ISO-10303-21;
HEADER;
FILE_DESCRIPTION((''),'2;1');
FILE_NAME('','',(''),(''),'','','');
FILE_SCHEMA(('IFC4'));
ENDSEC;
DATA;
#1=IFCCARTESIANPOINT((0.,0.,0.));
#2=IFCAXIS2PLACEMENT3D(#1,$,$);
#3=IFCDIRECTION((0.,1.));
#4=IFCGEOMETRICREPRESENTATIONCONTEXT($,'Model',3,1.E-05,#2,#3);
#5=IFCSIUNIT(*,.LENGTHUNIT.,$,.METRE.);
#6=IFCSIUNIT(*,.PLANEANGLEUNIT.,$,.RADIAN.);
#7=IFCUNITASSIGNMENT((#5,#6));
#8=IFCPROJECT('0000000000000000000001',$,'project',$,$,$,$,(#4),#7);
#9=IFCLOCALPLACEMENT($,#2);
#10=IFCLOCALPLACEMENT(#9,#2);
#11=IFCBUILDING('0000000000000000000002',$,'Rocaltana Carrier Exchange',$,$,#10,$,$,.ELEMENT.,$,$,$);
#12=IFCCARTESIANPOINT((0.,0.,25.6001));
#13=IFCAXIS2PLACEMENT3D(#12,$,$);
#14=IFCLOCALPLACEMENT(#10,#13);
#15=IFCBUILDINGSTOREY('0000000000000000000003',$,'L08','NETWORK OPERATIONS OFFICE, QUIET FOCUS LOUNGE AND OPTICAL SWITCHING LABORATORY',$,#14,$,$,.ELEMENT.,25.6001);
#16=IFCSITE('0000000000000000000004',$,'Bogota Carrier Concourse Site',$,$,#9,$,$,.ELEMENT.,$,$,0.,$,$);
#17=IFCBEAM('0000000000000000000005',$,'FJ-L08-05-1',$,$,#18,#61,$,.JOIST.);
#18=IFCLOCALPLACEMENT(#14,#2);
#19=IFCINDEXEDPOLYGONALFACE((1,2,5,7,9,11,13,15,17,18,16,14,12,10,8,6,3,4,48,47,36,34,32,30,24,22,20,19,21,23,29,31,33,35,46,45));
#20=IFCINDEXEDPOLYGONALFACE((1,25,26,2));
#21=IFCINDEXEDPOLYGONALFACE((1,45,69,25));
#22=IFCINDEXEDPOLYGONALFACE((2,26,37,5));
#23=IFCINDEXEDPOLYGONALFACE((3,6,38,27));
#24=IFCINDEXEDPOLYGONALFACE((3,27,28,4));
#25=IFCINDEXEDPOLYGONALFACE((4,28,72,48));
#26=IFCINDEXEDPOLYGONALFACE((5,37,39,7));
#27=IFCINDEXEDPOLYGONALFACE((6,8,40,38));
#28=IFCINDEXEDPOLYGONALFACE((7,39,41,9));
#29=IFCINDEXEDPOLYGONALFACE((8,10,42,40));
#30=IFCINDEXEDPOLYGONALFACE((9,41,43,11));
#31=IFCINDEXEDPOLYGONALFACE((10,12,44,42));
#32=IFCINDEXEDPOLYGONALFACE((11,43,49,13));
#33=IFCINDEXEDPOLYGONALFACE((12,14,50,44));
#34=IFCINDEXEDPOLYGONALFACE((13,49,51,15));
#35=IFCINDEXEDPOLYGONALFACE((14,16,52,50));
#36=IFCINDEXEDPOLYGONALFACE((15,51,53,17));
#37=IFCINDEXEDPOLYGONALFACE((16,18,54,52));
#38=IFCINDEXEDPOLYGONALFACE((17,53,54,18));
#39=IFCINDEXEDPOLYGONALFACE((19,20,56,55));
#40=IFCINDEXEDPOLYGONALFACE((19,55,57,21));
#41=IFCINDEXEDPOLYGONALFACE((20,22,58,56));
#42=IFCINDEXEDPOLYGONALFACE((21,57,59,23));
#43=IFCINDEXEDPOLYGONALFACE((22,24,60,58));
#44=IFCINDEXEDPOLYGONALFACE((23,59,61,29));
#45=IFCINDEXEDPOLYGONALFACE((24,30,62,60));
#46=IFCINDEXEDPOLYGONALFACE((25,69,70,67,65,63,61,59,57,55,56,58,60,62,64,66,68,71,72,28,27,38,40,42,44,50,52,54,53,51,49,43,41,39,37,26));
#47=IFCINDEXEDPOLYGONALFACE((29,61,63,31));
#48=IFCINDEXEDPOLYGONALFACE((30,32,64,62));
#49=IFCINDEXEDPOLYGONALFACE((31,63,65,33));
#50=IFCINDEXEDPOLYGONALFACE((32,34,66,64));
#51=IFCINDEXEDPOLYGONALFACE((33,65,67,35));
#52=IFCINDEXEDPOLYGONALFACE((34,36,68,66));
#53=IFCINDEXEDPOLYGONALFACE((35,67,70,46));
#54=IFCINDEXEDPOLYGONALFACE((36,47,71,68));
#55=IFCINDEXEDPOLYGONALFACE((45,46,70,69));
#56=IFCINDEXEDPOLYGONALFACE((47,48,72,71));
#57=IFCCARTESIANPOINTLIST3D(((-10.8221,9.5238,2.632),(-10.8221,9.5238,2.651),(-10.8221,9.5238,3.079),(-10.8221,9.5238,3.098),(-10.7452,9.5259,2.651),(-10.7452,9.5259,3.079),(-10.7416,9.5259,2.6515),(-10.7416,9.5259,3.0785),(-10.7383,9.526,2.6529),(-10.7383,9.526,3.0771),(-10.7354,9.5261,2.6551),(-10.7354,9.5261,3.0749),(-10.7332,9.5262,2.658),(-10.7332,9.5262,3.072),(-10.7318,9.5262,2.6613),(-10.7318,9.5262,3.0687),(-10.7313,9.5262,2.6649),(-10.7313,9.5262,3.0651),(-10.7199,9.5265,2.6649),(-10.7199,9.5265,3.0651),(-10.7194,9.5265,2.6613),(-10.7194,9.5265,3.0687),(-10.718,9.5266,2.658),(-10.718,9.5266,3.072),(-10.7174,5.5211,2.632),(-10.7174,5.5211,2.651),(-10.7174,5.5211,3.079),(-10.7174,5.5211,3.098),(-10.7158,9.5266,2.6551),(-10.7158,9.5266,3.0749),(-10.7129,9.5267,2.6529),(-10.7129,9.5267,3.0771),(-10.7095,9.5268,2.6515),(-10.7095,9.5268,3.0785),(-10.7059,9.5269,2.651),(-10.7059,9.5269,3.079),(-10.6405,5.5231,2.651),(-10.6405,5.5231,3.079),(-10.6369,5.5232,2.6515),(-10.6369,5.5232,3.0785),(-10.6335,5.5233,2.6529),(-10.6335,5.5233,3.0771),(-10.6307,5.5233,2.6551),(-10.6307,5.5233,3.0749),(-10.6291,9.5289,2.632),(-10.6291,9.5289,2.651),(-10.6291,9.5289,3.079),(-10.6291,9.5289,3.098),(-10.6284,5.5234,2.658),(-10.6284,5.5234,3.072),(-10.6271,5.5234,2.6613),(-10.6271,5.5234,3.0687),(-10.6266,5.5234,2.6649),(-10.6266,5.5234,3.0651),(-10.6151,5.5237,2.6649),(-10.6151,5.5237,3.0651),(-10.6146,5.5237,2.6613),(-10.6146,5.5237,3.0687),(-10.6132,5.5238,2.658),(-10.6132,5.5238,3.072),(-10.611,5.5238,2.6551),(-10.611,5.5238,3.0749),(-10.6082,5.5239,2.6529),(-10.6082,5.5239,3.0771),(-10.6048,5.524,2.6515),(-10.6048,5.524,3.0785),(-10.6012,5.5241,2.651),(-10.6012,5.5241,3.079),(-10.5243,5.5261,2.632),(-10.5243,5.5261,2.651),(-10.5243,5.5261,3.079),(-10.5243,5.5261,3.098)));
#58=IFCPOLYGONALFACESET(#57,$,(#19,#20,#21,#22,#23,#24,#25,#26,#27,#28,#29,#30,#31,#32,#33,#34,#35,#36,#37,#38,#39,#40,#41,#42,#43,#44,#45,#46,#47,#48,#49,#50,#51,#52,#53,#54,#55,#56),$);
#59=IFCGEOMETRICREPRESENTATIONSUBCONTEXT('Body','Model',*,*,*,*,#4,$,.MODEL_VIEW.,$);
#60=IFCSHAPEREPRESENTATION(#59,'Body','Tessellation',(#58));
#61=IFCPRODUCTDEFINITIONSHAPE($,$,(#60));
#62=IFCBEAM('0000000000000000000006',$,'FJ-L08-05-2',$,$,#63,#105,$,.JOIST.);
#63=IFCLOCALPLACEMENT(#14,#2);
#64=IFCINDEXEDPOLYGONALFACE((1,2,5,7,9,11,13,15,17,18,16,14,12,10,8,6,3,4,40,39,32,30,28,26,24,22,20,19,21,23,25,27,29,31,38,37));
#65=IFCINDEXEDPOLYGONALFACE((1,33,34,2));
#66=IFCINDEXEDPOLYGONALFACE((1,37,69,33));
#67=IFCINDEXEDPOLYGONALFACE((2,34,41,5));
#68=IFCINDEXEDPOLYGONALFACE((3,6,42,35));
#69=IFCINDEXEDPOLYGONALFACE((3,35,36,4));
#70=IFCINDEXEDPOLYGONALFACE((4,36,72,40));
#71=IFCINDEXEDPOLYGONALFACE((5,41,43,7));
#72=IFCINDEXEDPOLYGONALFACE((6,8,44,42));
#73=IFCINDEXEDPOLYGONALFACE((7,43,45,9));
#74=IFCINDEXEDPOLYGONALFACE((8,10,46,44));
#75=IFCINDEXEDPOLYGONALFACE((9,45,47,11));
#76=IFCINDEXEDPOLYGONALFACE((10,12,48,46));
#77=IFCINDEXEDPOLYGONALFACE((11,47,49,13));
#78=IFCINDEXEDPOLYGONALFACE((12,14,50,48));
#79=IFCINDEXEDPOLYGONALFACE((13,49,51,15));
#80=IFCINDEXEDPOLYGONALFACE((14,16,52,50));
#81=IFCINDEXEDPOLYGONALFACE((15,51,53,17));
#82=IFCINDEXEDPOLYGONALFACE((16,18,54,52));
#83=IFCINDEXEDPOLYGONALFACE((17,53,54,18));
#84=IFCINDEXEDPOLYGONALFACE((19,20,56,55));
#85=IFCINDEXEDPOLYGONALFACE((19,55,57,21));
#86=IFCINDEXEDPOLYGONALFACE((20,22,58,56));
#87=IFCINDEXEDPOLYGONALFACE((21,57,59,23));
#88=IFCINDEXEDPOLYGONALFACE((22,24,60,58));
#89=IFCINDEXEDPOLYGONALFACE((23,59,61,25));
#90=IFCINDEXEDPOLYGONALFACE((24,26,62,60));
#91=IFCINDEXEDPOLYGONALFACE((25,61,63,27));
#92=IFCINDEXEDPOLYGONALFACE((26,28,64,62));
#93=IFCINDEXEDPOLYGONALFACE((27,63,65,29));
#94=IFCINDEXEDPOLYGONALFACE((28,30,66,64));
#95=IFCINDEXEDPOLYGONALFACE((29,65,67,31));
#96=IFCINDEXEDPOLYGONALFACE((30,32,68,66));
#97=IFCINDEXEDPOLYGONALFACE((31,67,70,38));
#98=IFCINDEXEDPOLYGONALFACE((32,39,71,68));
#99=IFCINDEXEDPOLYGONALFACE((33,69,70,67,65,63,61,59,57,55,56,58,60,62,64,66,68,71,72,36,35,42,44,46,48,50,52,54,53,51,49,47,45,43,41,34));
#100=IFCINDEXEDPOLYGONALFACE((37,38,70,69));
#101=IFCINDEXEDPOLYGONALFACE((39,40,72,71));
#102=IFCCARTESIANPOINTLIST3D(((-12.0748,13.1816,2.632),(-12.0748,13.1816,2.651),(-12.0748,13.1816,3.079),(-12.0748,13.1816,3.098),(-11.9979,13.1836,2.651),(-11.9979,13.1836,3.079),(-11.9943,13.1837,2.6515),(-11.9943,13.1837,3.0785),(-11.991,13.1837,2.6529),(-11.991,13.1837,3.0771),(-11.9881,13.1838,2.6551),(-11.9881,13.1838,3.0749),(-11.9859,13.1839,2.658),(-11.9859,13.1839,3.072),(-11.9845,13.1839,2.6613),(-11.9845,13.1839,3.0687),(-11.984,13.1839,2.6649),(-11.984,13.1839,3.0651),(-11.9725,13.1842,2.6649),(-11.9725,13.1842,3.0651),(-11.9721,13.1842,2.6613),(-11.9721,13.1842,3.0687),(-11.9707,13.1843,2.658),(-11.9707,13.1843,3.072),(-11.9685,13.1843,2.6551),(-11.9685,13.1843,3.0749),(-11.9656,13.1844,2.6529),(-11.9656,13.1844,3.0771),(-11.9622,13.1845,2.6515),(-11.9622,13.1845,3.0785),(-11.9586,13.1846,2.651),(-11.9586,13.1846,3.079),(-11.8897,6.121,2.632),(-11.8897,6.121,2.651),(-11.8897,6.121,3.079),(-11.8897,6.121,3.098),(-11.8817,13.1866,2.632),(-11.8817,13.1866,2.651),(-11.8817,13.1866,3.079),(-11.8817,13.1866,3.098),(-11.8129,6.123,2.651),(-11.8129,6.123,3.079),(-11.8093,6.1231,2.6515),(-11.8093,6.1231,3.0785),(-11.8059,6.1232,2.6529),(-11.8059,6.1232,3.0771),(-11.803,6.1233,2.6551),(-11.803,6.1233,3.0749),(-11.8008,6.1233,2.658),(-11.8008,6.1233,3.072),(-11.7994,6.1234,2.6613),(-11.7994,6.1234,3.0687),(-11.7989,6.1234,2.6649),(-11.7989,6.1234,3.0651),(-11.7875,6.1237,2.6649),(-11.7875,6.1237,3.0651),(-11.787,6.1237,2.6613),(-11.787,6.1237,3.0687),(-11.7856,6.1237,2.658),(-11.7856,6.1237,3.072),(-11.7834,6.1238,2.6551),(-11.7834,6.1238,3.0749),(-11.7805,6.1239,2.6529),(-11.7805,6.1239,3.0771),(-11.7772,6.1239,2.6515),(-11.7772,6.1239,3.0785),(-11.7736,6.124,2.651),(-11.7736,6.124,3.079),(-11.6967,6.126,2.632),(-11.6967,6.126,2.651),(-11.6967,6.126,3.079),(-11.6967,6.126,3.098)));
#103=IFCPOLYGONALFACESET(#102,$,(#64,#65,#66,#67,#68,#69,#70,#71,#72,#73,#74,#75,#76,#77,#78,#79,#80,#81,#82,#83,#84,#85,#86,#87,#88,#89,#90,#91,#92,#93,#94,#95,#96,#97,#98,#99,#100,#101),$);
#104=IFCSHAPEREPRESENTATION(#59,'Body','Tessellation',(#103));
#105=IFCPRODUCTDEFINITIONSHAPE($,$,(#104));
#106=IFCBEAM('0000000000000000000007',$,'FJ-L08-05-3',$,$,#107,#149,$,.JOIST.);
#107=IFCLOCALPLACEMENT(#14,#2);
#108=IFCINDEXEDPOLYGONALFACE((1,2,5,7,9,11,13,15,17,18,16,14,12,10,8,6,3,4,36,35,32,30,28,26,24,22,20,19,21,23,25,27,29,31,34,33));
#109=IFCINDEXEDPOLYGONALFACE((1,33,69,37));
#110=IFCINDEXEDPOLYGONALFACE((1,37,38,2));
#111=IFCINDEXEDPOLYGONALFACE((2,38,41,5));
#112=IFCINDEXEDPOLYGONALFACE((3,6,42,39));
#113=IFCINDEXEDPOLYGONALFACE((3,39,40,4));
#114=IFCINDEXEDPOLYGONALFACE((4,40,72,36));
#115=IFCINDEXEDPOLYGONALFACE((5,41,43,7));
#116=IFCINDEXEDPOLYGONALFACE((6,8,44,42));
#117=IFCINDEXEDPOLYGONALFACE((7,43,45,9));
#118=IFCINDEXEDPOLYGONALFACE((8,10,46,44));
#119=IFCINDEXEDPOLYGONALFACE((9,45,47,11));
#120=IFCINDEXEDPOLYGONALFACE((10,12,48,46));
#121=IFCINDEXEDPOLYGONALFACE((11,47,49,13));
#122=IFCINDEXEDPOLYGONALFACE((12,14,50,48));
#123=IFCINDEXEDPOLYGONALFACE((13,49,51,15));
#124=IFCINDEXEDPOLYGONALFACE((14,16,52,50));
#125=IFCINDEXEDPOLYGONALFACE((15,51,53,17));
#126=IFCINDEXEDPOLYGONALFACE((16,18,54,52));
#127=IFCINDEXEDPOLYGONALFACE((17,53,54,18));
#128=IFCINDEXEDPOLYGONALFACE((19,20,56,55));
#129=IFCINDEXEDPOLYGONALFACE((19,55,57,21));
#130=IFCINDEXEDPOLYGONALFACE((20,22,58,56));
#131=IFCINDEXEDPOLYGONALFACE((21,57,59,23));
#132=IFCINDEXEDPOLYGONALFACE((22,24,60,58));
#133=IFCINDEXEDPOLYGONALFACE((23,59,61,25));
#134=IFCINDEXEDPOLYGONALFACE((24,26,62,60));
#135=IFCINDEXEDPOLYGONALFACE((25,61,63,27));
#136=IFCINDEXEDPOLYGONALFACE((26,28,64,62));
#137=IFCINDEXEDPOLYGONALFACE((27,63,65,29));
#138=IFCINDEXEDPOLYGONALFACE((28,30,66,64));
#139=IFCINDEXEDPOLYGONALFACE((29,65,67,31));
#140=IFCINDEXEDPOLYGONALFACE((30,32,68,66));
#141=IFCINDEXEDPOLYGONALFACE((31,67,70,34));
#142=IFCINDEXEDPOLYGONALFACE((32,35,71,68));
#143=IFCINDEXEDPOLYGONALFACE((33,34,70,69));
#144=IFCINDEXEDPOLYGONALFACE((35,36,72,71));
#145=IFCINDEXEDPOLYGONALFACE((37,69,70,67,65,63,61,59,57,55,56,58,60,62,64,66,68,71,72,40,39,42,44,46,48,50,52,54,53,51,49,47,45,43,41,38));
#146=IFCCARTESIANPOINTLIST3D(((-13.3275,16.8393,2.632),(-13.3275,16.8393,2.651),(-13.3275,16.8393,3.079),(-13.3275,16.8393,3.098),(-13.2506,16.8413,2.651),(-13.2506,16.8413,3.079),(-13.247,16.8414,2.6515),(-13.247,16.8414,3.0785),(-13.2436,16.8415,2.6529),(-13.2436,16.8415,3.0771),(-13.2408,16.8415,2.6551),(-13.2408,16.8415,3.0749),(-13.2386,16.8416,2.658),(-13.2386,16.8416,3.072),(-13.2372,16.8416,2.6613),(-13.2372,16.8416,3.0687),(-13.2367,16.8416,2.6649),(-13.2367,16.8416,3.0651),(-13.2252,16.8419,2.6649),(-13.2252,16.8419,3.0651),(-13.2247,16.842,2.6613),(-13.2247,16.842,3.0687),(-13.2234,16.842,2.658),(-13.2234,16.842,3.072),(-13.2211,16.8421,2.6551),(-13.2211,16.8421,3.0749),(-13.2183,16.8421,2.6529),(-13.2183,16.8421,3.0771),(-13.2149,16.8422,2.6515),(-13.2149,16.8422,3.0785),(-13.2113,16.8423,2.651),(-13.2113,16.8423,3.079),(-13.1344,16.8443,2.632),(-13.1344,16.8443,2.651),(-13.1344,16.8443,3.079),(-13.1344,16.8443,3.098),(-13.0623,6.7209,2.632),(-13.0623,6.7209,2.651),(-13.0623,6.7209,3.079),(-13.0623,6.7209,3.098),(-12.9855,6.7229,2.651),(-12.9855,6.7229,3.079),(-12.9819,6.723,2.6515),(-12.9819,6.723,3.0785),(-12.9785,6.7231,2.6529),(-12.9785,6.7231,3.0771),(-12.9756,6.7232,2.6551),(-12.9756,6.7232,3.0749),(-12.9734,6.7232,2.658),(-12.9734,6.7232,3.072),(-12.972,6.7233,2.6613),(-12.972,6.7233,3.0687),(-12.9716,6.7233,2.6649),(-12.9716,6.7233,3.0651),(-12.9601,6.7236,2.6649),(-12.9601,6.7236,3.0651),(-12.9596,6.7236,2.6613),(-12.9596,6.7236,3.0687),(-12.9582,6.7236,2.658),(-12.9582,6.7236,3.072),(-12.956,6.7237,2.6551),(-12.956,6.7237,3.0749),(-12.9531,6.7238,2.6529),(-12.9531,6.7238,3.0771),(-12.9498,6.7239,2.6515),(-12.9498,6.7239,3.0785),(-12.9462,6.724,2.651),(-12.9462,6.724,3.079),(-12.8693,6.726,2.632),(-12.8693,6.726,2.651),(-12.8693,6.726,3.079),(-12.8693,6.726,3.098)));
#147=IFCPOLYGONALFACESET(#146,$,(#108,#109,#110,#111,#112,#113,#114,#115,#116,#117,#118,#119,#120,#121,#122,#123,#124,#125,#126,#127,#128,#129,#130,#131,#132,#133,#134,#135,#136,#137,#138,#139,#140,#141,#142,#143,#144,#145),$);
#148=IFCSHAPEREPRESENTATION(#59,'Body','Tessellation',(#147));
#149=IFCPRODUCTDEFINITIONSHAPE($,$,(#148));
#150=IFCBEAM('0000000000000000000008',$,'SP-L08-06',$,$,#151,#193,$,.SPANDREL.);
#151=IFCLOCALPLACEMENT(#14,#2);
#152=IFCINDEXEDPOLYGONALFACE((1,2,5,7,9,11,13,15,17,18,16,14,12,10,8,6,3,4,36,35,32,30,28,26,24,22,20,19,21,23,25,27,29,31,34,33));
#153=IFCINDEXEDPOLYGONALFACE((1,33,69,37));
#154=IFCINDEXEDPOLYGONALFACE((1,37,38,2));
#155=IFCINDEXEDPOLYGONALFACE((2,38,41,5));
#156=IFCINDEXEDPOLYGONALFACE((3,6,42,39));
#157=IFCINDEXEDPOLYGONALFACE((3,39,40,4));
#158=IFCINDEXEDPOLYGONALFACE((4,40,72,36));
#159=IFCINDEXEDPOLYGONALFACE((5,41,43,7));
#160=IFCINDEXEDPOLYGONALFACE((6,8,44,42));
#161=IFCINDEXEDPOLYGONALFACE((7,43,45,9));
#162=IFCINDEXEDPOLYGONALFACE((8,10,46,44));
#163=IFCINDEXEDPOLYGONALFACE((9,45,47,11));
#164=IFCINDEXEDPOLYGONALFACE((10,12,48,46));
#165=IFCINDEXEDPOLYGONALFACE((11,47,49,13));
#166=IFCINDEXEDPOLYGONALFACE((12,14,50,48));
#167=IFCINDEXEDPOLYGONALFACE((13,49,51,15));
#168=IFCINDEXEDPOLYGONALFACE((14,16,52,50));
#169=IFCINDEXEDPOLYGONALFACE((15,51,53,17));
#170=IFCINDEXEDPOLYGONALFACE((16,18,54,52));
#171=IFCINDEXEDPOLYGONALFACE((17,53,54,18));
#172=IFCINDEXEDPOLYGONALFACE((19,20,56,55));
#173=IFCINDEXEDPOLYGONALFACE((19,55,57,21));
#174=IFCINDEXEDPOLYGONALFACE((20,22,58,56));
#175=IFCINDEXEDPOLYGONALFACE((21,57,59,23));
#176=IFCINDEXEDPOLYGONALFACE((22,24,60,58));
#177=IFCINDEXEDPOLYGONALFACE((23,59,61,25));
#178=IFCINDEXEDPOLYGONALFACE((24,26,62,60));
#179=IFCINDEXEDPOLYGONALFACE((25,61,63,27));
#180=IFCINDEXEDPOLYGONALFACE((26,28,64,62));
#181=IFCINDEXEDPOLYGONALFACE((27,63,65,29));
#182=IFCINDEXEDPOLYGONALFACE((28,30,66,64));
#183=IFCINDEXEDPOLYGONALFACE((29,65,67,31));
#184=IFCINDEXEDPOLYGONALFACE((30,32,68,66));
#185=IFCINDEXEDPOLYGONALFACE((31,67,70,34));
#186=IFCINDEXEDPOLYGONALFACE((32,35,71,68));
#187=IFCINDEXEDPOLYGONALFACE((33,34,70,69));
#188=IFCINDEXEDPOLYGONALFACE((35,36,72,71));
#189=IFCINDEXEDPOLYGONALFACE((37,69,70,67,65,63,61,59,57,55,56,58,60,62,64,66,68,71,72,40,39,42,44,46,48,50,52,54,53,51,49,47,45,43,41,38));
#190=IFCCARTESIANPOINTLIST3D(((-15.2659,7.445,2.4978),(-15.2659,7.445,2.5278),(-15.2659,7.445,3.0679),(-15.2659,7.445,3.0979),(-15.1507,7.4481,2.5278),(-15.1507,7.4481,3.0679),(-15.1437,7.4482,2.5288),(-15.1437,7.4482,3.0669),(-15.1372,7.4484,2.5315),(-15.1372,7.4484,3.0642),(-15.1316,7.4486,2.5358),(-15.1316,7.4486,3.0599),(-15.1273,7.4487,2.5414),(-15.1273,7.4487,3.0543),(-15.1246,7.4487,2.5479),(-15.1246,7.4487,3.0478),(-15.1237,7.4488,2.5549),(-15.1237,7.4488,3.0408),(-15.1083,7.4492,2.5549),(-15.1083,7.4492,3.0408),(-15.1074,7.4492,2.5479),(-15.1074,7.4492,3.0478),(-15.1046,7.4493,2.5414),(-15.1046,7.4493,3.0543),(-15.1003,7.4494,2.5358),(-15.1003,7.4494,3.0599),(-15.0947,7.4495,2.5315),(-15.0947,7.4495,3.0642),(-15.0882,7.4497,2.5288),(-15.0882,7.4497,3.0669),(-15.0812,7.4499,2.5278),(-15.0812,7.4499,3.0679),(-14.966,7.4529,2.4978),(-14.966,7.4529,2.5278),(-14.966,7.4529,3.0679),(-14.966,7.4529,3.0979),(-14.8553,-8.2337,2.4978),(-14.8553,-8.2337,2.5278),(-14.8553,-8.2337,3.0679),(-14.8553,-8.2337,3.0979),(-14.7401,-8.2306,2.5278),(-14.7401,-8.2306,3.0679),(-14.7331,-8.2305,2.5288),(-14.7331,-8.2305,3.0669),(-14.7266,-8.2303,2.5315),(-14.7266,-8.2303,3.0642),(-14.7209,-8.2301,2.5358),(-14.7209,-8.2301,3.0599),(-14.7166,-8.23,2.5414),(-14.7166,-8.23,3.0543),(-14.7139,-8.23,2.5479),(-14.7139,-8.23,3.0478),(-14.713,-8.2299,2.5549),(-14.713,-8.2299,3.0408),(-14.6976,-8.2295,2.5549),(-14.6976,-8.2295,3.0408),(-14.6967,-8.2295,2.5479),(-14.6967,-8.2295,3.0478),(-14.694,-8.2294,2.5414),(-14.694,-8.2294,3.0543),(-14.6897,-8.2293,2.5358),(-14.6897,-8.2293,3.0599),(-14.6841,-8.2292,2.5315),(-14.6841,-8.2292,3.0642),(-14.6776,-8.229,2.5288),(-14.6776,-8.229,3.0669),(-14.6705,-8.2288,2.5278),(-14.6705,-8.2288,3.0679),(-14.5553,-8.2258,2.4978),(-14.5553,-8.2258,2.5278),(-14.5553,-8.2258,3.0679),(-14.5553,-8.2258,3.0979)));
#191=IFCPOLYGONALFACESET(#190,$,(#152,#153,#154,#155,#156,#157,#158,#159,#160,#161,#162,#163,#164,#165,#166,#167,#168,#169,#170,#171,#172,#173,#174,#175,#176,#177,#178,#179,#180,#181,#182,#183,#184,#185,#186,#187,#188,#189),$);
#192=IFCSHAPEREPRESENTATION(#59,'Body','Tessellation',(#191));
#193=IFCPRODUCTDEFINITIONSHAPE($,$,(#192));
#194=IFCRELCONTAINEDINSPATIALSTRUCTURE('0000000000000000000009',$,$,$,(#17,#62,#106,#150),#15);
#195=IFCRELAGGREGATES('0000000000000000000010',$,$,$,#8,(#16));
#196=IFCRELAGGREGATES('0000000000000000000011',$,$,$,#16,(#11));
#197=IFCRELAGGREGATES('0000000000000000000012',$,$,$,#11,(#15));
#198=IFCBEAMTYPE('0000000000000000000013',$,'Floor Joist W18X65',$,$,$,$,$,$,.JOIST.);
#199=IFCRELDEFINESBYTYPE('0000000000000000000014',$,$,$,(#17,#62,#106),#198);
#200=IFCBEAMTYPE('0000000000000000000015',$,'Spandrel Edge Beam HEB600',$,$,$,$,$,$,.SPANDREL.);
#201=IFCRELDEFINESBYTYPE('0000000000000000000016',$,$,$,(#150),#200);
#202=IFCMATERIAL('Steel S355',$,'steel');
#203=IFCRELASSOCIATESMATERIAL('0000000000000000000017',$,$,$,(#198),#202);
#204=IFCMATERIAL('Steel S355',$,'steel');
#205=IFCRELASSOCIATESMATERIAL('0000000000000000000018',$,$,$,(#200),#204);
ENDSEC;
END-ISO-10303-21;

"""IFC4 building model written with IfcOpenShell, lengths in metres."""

from ifc_helpers import new_model, si_unit, direction, frame, origin, origin_2d, place, context, subcontext, project, spatial, i_section, extrude, material, material_profile, profile_set, type_object, element, save


model = new_model("IFC4")

# Units and contexts
model_context = context("Model", 3, precision=1e-05, world=origin(), true_north=direction((0.0, 1.0)))
body_context = subcontext(model_context, "Body", "Model", "MODEL_VIEW")
ifc_project = project(units=[si_unit("LENGTHUNIT", "METRE"), si_unit("PLANEANGLEUNIT", "RADIAN")], contexts=[model_context])

# Site, building, storey
site_placement = place(None, origin())
site = spatial("IfcSite", under=ifc_project, at=site_placement, Name="Bogota Carrier Concourse Site", CompositionType="ELEMENT", RefElevation=0.0)
building_placement = place(site_placement, origin())
building = spatial("IfcBuilding", under=site, at=building_placement, Name="Rocaltana Carrier Exchange", CompositionType="ELEMENT")
storey_placement = place(building_placement, frame((0.0, 0.0, 25.6001)))
storey = spatial("IfcBuildingStorey", under=building, at=storey_placement, Name="L08", Description="NETWORK OPERATIONS OFFICE, QUIET FOCUS LOUNGE AND OPTICAL SWITCHING LABORATORY", CompositionType="ELEMENT", Elevation=25.6001)

# Beams
ifc_material_1 = material(Name="Steel S355", Category="steel")
ifc_material_profile_1 = material_profile(ifc_material_1, i_section(OverallWidth=0.1931, OverallDepth=0.4661, WebThickness=0.0115, FlangeThickness=0.019, FilletRadius=0.0139, at=origin_2d()), Name="W18X65")
ifc_profile_set_1 = profile_set([ifc_material_profile_1], Name="Steel S355")
beam_type_1 = type_object("IfcBeamType", Name="Floor Joist W18X65", PredefinedType="JOIST", material=ifc_profile_set_1)
beam_1_placement = place(storey_placement, frame((-10.7256, 9.5264, 2.865), z_axis=(0.026158, -0.999658, 0.0), x_axis=(0.999658, 0.026158, 0.0)))
element("IfcBeam", 1, at=beam_1_placement, inside=storey, type_object=beam_type_1, Name="FJ-L08-05-1", PredefinedType="JOIST", context=body_context, shape_type="SweptSolid", body=[
    extrude(i_section(OverallWidth=0.1931, OverallDepth=0.4661, WebThickness=0.0115, FlangeThickness=0.019, FilletRadius=0.0139, at=origin_2d()), origin(), (0.0, 0.0, 1.0), 4.0042),
])
beam_2_placement = place(storey_placement, frame((-11.9783, 13.1841, 2.865), z_axis=(0.026201, -0.999657, 0.0), x_axis=(0.999657, 0.026201, 0.0)))
element("IfcBeam", 2, at=beam_2_placement, inside=storey, type_object=beam_type_1, Name="FJ-L08-05-2", PredefinedType="JOIST", context=body_context, shape_type="SweptSolid", body=[
    extrude(i_section(OverallWidth=0.1931, OverallDepth=0.4661, WebThickness=0.0115, FlangeThickness=0.019, FilletRadius=0.0139, at=origin_2d()), origin(), (0.0, 0.0, 1.0), 7.063),
])
beam_3_placement = place(storey_placement, frame((-13.231, 16.8418, 2.865), z_axis=(0.026194, -0.999657, 0.0), x_axis=(0.999657, 0.026194, 0.0)))
element("IfcBeam", 3, at=beam_3_placement, inside=storey, type_object=beam_type_1, Name="FJ-L08-05-3", PredefinedType="JOIST", context=body_context, shape_type="SweptSolid", body=[
    extrude(i_section(OverallWidth=0.1931, OverallDepth=0.4661, WebThickness=0.0115, FlangeThickness=0.019, FilletRadius=0.0139, at=origin_2d()), origin(), (0.0, 0.0, 1.0), 10.1218),
])
ifc_material_2 = material(Name="Steel S355", Category="steel")
ifc_material_profile_2 = material_profile(ifc_material_2, i_section(OverallWidth=0.3, OverallDepth=0.6001, WebThickness=0.0154, FlangeThickness=0.03, FilletRadius=0.0271, at=origin_2d()), Name="HEB600")
ifc_profile_set_2 = profile_set([ifc_material_profile_2], Name="Steel S355")
beam_type_2 = type_object("IfcBeamType", Name="Spandrel Edge Beam HEB600", PredefinedType="SPANDREL", material=ifc_profile_set_2)
beam_4_placement = place(storey_placement, frame((-15.116, 7.449, 2.7979), z_axis=(0.026182, -0.999657, 0.0), x_axis=(0.999657, 0.026182, 0.0)))
element("IfcBeam", 4, at=beam_4_placement, inside=storey, type_object=beam_type_2, Name="SP-L08-06", PredefinedType="SPANDREL", context=body_context, shape_type="SweptSolid", body=[
    extrude(i_section(OverallWidth=0.3, OverallDepth=0.6001, WebThickness=0.0154, FlangeThickness=0.03, FilletRadius=0.0271, at=origin_2d()), origin(), (0.0, 0.0, 1.0), 15.6841),
])

save(model, "model.ifc")
